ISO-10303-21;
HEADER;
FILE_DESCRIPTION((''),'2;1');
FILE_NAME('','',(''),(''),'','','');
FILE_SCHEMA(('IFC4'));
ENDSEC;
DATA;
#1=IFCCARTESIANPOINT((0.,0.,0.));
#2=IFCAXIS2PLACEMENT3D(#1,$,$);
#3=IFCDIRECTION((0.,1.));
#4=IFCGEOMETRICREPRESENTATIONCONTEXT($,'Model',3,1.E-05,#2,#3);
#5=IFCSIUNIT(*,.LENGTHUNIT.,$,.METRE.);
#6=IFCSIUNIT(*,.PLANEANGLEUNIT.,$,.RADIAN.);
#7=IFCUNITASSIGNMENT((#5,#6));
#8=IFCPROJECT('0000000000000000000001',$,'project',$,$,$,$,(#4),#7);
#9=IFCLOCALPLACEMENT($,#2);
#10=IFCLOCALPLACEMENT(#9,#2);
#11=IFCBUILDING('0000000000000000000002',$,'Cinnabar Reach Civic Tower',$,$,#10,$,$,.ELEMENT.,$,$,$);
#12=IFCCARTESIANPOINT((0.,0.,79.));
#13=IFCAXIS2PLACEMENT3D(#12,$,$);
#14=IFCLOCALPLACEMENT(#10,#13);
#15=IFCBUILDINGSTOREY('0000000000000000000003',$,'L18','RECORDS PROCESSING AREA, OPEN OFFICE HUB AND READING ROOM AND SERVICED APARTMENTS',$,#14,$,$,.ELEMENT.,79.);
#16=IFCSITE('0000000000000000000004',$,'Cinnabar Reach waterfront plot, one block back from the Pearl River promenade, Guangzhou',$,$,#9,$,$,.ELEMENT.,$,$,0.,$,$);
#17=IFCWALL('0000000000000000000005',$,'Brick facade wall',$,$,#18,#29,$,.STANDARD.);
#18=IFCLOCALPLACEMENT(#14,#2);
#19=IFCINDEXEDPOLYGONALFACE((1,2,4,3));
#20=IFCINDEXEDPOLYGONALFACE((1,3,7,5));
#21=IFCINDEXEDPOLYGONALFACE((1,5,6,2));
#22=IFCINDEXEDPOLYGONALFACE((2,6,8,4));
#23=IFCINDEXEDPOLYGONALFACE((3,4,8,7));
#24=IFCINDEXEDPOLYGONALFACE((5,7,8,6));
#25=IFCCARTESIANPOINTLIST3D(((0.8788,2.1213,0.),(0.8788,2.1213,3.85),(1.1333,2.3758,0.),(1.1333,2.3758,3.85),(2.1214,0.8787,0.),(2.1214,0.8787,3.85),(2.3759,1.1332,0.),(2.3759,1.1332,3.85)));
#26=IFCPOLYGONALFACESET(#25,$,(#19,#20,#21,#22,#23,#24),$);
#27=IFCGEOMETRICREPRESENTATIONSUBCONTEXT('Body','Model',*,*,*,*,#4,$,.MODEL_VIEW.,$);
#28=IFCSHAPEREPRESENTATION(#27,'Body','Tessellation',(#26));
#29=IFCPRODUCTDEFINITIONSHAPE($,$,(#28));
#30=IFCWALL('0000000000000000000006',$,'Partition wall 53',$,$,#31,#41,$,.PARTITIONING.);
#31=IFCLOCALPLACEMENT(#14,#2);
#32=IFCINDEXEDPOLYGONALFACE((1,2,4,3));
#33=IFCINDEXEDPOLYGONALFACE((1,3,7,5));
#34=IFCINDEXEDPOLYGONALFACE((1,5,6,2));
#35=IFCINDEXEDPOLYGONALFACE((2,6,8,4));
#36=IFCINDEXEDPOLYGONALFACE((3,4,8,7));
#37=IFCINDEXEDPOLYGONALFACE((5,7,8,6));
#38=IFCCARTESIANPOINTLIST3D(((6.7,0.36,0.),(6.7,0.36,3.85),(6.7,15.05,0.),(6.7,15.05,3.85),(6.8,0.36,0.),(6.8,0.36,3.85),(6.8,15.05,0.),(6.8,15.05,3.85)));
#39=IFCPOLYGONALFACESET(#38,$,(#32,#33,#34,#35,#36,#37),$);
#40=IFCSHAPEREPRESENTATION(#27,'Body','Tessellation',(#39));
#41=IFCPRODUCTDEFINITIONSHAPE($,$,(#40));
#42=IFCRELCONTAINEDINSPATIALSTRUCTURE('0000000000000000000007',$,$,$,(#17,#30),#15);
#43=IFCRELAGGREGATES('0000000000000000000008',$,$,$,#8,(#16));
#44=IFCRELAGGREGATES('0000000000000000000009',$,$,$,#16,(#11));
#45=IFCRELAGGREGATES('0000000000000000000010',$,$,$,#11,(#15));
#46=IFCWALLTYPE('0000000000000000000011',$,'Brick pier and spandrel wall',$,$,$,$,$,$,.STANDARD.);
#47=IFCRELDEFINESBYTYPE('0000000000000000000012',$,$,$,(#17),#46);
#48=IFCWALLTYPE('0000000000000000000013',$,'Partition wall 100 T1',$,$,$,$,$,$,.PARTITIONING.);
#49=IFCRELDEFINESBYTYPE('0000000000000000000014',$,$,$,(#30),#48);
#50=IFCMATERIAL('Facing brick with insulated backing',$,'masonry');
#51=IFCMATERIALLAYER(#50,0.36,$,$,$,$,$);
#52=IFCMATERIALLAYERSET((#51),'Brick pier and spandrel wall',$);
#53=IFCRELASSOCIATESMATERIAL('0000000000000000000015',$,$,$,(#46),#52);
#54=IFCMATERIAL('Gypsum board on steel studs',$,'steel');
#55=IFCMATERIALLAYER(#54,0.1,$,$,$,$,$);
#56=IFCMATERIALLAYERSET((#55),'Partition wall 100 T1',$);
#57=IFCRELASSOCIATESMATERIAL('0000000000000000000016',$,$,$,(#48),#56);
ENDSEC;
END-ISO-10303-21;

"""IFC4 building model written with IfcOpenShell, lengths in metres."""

from ifc_helpers import new_model, si_unit, direction, frame, frame_2d, origin, place, context, subcontext, project, spatial, rectangle, extrude, material, layer, layer_set, type_object, element, save


model = new_model("IFC4")

# Units and contexts
model_context = context("Model", 3, precision=1e-05, world=origin(), true_north=direction((0.0, 1.0)))
body_context = subcontext(model_context, "Body", "Model", "MODEL_VIEW")
ifc_project = project(units=[si_unit("LENGTHUNIT", "METRE"), si_unit("PLANEANGLEUNIT", "RADIAN")], contexts=[model_context])

# Site, building, storey
site_placement = place(None, origin())
site = spatial("IfcSite", under=ifc_project, at=site_placement, Name="Cinnabar Reach waterfront plot, one block back from the Pearl River promenade, Guangzhou", CompositionType="ELEMENT", RefElevation=0.0)
building_placement = place(site_placement, origin())
building = spatial("IfcBuilding", under=site, at=building_placement, Name="Cinnabar Reach Civic Tower", CompositionType="ELEMENT")
storey_placement = place(building_placement, frame((0.0, 0.0, 79.0)))
storey = spatial("IfcBuildingStorey", under=building, at=storey_placement, Name="L18", Description="RECORDS PROCESSING AREA, OPEN OFFICE HUB AND READING ROOM AND SERVICED APARTMENTS", CompositionType="ELEMENT", Elevation=79.0)

# Shared definitions
ifc_material_1 = material(Name="Facing brick with insulated backing", Category="masonry")

# Shared definitions
ifc_layer_1 = layer(ifc_material_1, 0.36)
ifc_layer_set_1 = layer_set([ifc_layer_1], Name="Brick pier and spandrel wall")
wall_type_1 = type_object("IfcWallType", Name="Brick pier and spandrel wall", PredefinedType="STANDARD", material=ifc_layer_set_1)

# Walls
wall_1_placement = place(storey_placement, frame((1.006, 2.2486, 0.0), z_axis=(0.0, 0.0, 1.0), x_axis=(0.707107, -0.707107, 0.0)))
element("IfcWall", 1, at=wall_1_placement, inside=storey, type_object=wall_type_1, Name="Brick facade wall", PredefinedType="STANDARD", context=body_context, shape_type="SweptSolid", body=[
    extrude(rectangle(XDim=1.7573, YDim=0.36, at=frame_2d((0.8787, 0.0))), origin(), (0.0, 0.0, 1.0), 3.85),
])
ifc_material_2 = material(Name="Gypsum board on steel studs", Category="steel")
ifc_layer_2 = layer(ifc_material_2, 0.1)
ifc_layer_set_2 = layer_set([ifc_layer_2], Name="Partition wall 100 T1")
wall_type_2 = type_object("IfcWallType", Name="Partition wall 100 T1", PredefinedType="PARTITIONING", material=ifc_layer_set_2)
wall_2_placement = place(storey_placement, frame((6.75, 0.36, 0.0), z_axis=(0.0, 0.0, 1.0), x_axis=(0.0, 1.0, 0.0)))
element("IfcWall", 2, at=wall_2_placement, inside=storey, type_object=wall_type_2, Name="Partition wall 53", PredefinedType="PARTITIONING", context=body_context, shape_type="SweptSolid", body=[
    extrude(rectangle(XDim=14.69, YDim=0.1, at=frame_2d((7.345, 0.0))), origin(), (0.0, 0.0, 1.0), 3.85),
])

save(model, "model.ifc")
